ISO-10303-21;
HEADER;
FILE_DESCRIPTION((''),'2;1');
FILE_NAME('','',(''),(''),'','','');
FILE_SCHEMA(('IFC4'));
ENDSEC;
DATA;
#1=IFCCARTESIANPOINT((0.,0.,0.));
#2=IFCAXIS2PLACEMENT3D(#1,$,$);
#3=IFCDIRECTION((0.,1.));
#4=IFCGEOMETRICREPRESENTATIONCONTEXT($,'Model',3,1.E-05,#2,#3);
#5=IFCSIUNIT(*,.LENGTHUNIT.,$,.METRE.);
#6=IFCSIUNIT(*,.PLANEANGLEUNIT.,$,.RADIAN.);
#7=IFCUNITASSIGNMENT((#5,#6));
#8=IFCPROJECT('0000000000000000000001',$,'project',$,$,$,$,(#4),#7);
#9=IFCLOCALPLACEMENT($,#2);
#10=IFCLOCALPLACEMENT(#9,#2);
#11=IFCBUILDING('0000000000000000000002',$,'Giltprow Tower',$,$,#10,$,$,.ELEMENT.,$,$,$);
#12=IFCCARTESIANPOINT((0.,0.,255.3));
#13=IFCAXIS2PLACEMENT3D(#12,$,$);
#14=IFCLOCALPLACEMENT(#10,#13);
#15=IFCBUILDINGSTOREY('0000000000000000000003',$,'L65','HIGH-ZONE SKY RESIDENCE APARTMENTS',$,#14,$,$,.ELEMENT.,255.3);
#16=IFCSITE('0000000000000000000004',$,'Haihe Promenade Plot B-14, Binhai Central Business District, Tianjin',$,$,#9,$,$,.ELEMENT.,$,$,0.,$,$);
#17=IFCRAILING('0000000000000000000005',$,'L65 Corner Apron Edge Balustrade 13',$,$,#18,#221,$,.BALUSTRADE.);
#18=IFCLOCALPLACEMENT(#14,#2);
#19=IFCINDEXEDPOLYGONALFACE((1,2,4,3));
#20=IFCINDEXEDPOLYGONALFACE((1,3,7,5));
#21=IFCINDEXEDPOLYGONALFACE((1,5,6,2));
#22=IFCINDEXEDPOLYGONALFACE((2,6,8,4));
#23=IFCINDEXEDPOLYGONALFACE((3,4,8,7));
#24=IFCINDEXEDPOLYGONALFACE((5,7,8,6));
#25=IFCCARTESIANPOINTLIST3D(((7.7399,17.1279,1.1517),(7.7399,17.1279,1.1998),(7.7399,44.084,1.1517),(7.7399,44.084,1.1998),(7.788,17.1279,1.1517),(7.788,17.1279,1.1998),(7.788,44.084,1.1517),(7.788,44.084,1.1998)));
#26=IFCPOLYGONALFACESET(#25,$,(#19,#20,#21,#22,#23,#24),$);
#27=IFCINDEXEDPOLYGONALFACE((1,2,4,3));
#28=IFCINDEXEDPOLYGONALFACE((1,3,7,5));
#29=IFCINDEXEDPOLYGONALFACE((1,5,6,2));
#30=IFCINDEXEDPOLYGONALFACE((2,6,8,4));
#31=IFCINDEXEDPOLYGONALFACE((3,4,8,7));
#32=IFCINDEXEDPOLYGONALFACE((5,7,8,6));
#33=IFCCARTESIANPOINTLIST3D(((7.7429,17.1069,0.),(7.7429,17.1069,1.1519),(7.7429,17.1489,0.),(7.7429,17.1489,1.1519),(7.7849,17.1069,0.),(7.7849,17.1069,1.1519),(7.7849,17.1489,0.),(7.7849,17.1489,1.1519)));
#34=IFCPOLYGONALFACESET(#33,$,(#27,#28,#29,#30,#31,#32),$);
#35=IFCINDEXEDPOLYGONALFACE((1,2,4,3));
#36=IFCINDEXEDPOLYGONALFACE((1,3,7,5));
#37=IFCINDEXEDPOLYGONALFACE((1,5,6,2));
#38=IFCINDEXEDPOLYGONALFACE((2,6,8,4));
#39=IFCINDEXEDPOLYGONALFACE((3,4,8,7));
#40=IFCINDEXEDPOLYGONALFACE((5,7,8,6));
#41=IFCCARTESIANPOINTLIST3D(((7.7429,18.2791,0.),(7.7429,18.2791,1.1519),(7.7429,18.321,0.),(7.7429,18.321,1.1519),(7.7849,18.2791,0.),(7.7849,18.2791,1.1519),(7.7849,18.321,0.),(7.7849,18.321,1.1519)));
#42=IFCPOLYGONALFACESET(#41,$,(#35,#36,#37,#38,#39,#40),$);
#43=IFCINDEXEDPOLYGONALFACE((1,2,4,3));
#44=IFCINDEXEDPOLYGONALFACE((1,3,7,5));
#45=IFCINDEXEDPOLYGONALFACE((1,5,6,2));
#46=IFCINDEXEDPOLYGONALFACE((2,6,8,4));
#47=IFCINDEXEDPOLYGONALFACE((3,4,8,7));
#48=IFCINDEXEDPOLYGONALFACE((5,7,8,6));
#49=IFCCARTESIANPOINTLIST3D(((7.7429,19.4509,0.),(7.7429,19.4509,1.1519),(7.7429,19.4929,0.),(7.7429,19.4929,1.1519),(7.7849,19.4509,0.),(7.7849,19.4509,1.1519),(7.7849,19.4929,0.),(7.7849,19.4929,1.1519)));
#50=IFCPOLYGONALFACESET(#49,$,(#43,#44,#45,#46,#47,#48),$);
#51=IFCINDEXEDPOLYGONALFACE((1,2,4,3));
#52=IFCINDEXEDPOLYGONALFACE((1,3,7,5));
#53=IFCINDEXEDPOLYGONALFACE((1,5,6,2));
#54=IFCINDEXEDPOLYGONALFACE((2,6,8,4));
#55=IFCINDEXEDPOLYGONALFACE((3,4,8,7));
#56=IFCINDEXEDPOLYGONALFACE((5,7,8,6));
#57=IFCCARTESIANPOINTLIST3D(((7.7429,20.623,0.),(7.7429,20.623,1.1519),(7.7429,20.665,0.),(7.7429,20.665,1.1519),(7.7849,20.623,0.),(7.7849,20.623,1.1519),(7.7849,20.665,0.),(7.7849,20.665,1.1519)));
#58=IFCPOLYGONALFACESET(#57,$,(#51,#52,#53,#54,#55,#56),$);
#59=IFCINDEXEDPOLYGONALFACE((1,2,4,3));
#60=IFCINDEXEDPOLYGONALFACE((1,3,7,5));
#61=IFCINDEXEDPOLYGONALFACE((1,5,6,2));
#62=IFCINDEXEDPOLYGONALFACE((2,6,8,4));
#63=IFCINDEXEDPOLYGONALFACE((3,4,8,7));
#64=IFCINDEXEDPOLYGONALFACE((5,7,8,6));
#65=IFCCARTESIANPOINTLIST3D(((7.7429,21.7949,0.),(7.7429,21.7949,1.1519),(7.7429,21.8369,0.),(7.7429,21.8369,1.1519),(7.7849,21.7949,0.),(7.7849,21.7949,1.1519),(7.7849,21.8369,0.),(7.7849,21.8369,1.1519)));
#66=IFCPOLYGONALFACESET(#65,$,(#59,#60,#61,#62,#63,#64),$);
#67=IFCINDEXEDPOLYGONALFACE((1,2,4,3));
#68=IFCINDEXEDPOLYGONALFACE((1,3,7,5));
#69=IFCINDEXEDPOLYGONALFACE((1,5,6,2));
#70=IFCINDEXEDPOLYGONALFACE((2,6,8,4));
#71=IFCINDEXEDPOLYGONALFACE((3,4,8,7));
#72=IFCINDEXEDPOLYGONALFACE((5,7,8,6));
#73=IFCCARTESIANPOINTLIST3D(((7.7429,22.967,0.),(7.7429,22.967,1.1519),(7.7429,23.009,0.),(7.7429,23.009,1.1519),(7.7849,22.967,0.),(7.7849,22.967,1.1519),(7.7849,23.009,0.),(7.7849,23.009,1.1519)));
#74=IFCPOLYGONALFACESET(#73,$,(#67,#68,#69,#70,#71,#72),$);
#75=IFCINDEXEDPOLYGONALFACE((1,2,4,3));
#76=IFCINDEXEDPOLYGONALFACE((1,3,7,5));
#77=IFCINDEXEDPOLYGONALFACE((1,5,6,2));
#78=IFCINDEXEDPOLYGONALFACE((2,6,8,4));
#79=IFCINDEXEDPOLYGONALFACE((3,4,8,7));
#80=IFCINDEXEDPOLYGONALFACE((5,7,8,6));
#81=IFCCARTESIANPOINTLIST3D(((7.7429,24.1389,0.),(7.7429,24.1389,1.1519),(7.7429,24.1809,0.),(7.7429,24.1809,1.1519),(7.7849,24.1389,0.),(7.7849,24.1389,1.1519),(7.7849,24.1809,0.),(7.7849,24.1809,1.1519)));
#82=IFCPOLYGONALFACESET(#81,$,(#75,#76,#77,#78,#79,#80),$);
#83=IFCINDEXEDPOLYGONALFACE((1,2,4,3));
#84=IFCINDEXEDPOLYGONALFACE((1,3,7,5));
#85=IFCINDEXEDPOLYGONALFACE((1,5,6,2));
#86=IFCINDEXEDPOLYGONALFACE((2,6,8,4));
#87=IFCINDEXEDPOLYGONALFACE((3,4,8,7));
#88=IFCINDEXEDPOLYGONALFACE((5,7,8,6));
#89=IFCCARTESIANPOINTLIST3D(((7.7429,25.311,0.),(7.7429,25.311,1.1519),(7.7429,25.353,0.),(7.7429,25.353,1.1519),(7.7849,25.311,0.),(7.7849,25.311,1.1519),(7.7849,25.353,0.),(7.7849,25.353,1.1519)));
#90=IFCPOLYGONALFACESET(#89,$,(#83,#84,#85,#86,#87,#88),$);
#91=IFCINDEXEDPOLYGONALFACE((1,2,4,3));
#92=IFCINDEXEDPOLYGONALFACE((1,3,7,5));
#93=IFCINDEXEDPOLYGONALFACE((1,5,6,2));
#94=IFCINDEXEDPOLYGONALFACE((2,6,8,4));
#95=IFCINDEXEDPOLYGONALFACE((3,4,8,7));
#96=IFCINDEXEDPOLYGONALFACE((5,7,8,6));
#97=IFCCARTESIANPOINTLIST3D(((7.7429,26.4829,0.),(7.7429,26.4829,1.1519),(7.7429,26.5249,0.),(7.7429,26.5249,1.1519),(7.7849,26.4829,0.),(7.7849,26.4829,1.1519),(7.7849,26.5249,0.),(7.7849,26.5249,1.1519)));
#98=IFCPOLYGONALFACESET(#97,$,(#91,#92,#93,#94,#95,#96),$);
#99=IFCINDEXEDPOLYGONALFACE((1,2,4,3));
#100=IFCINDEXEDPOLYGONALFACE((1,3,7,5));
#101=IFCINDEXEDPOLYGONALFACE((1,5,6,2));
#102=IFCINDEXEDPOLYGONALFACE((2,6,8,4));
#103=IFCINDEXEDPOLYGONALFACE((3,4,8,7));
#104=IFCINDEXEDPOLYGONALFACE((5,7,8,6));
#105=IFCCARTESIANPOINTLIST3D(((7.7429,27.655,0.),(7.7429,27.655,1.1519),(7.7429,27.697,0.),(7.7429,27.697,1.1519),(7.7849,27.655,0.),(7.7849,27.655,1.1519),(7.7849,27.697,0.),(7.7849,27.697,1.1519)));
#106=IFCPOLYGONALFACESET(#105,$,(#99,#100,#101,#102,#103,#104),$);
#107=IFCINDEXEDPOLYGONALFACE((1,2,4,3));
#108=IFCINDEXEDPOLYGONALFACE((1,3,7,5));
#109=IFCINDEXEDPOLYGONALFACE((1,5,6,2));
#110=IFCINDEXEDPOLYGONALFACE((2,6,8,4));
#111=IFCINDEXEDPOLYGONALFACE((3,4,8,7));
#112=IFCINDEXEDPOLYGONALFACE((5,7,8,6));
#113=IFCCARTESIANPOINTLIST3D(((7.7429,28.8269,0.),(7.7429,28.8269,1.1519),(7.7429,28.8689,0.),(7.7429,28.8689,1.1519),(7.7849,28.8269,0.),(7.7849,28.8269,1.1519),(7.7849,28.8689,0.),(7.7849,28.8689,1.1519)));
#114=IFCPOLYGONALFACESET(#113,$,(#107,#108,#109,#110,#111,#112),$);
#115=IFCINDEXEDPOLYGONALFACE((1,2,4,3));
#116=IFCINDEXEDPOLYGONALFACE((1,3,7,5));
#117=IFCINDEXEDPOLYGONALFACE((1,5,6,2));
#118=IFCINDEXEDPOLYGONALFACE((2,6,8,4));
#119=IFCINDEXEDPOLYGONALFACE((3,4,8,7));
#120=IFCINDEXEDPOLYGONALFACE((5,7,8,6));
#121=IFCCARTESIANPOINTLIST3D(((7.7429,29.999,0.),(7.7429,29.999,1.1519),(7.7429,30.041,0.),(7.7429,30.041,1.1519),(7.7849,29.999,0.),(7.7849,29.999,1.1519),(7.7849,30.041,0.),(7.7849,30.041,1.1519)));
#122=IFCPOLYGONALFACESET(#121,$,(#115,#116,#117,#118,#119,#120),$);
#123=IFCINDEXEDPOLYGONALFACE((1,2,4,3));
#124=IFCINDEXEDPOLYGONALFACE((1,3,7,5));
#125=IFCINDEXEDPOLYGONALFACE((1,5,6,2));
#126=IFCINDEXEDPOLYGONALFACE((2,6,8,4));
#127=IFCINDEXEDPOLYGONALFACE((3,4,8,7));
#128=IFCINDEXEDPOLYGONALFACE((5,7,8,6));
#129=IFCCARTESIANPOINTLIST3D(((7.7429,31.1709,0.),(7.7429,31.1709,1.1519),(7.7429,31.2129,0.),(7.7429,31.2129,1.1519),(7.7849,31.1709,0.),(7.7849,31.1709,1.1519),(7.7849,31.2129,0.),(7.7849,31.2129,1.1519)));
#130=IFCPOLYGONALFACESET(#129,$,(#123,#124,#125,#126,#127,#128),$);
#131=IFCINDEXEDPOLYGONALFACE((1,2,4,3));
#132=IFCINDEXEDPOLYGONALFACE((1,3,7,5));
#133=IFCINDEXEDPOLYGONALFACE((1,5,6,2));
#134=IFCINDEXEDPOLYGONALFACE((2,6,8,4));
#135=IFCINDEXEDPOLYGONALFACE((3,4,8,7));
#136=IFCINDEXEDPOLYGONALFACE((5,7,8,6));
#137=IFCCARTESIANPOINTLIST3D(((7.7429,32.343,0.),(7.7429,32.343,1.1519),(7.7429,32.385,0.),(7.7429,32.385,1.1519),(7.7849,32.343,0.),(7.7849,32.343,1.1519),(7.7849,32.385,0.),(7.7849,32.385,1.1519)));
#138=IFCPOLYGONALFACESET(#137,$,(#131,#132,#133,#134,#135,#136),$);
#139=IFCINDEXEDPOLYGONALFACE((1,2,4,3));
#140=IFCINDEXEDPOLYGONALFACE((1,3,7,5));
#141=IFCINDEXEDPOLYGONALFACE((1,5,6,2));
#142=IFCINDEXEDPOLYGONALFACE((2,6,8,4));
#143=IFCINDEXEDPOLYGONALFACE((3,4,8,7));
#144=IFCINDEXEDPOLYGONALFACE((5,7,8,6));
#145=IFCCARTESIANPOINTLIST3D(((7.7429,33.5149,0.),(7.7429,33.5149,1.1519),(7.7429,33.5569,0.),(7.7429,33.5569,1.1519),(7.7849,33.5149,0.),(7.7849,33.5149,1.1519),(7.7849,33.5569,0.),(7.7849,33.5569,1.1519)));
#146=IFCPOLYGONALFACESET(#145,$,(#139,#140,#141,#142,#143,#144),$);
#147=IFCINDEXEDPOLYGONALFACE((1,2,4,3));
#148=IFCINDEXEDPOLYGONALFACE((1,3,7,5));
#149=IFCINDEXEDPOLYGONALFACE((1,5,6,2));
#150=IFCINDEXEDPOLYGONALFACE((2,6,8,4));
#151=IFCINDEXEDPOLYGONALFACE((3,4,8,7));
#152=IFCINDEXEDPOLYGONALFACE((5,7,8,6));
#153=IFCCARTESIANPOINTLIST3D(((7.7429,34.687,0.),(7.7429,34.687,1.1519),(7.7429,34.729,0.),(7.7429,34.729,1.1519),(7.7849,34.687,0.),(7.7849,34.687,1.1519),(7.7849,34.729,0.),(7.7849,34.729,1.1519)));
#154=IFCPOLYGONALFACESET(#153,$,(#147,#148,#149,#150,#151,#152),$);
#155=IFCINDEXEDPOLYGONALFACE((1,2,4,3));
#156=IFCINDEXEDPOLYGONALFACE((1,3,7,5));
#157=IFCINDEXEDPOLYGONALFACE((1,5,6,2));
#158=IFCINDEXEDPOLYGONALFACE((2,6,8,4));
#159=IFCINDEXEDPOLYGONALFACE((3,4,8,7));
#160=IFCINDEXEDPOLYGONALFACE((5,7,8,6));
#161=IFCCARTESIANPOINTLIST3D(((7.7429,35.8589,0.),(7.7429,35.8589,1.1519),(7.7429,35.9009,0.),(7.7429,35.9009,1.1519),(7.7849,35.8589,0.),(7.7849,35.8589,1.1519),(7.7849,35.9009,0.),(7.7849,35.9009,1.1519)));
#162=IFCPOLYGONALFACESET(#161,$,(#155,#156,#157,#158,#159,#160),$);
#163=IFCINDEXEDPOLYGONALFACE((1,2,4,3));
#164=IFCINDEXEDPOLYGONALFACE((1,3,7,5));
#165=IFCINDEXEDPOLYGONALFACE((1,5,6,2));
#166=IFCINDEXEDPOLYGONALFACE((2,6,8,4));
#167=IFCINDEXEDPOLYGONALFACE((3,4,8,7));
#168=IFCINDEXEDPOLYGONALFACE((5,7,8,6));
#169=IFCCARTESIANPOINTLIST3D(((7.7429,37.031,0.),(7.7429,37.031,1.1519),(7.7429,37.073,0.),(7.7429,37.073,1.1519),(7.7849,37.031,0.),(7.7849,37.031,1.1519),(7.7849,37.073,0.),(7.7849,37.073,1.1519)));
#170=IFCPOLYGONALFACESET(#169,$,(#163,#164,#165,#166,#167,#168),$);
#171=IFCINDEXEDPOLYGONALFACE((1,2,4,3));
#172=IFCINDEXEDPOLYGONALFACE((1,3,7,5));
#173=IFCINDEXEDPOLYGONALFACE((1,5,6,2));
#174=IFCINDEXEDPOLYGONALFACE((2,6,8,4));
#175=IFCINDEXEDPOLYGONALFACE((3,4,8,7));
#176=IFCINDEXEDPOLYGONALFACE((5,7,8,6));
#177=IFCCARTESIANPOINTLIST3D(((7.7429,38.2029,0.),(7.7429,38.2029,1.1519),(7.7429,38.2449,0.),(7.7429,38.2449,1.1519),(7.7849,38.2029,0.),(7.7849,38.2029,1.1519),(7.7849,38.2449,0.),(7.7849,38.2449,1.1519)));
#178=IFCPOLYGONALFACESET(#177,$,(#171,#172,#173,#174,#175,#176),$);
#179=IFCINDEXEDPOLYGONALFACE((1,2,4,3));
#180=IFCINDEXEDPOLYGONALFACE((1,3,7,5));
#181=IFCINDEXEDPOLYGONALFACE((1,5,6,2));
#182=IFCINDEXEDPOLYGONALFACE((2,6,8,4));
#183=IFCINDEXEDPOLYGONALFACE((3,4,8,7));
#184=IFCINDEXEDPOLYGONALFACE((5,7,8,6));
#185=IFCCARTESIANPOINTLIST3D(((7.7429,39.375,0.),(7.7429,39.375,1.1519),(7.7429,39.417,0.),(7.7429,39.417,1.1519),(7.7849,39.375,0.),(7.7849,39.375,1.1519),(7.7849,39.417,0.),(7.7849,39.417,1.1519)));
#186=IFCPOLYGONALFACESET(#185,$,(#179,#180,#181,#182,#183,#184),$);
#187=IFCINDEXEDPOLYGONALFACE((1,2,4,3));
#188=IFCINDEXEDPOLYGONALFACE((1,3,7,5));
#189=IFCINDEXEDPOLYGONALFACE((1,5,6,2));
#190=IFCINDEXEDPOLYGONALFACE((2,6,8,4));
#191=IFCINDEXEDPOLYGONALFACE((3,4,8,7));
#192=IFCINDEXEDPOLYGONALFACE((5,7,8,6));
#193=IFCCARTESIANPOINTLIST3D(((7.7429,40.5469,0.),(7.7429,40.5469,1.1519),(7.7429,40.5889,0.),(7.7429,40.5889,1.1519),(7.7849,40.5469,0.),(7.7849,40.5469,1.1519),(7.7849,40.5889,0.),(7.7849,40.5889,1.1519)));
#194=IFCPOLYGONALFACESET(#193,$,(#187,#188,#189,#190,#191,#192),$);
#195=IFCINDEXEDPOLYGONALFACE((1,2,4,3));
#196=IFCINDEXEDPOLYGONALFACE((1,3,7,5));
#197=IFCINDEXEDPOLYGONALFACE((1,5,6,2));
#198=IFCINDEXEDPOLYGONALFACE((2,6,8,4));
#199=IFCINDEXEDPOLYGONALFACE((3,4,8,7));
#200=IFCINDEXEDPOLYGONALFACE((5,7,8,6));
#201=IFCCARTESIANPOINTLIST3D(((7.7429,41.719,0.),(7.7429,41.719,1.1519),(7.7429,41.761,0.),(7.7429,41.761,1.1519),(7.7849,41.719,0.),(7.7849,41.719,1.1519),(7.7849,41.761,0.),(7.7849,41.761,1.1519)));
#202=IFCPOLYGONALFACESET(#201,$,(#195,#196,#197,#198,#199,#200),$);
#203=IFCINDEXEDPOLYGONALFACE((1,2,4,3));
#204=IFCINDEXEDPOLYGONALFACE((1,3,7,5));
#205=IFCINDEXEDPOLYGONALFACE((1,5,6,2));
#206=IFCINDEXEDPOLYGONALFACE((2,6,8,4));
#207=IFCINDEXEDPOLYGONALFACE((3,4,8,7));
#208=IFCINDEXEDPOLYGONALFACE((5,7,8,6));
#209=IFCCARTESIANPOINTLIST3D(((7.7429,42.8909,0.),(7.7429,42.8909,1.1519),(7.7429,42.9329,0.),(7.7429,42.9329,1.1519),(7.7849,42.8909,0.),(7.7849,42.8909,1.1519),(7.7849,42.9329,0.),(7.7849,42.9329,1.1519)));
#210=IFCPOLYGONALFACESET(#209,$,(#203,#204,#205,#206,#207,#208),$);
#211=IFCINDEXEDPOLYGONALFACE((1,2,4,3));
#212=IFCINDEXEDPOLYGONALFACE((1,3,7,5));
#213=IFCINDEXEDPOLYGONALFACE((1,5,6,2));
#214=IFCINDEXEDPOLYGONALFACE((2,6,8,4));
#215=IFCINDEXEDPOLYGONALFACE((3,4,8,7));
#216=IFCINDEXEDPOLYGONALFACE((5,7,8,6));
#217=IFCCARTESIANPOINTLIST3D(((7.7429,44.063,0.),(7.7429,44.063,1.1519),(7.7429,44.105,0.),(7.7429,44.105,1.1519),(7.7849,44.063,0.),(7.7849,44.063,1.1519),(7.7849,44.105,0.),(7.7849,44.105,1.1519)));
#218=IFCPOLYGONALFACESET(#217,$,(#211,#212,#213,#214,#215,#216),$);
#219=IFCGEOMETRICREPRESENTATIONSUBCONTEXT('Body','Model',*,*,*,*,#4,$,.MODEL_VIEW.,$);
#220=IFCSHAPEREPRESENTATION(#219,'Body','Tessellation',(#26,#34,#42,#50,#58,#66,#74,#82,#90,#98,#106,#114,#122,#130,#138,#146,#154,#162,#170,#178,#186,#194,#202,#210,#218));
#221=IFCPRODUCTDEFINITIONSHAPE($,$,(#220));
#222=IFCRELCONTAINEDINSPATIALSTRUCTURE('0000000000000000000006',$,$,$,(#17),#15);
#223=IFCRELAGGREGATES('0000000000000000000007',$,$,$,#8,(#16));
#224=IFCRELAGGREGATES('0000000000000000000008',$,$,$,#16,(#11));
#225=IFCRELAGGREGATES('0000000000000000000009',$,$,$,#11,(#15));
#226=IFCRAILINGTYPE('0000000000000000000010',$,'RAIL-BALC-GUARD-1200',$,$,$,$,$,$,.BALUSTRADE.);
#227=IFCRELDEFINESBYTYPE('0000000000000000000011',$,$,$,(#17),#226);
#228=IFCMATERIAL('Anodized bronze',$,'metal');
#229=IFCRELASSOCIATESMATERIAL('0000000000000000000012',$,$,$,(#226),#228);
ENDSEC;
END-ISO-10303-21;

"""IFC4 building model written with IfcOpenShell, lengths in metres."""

from ifc_helpers import new_model, si_unit, direction, frame, origin, origin_2d, place, context, subcontext, project, spatial, rectangle, extrude, material, type_object, element, save


model = new_model("IFC4")

# Units and contexts
model_context = context("Model", 3, precision=1e-05, world=origin(), true_north=direction((0.0, 1.0)))
body_context = subcontext(model_context, "Body", "Model", "MODEL_VIEW")
ifc_project = project(units=[si_unit("LENGTHUNIT", "METRE"), si_unit("PLANEANGLEUNIT", "RADIAN")], contexts=[model_context])

# Site, building, storey
site_placement = place(None, origin())
site = spatial("IfcSite", under=ifc_project, at=site_placement, Name="Haihe Promenade Plot B-14, Binhai Central Business District, Tianjin", CompositionType="ELEMENT", RefElevation=0.0)
building_placement = place(site_placement, origin())
building = spatial("IfcBuilding", under=site, at=building_placement, Name="Giltprow Tower", CompositionType="ELEMENT")
storey_placement = place(building_placement, frame((0.0, 0.0, 255.3)))
storey = spatial("IfcBuildingStorey", under=building, at=storey_placement, Name="L65", Description="HIGH-ZONE SKY RESIDENCE APARTMENTS", CompositionType="ELEMENT", Elevation=255.3)

# Shared definitions
ifc_material_1 = material(Name="Anodized bronze", Category="metal")

# Railing
railing_type = type_object("IfcRailingType", Name="RAIL-BALC-GUARD-1200", PredefinedType="BALUSTRADE", material=ifc_material_1)
railing_1_placement = place(storey_placement, frame((7.7639, 17.1279, 0.0)))
element("IfcRailing", 1, at=railing_1_placement, inside=storey, type_object=railing_type, Name="L65 Corner Apron Edge Balustrade 13", PredefinedType="BALUSTRADE", context=body_context, shape_type="SweptSolid", body=[
    extrude(rectangle(XDim=0.0481, YDim=0.0481, at=origin_2d()), frame((0.0, 0.0, 1.1758), z_axis=(0.0, 1.0, 0.0), x_axis=(-1.0, 0.0, 0.0)), (0.0, 0.0, 1.0), 26.9561),
    extrude(rectangle(XDim=0.042, YDim=0.042, at=origin_2d()), origin(), (0.0, 0.0, 1.0), 1.1519),
    extrude(rectangle(XDim=0.042, YDim=0.042, at=origin_2d()), frame((0.0, 1.1721, 0.0)), (0.0, 0.0, 1.0), 1.1519),
    extrude(rectangle(XDim=0.042, YDim=0.042, at=origin_2d()), frame((0.0, 2.344, 0.0)), (0.0, 0.0, 1.0), 1.1519),
    extrude(rectangle(XDim=0.042, YDim=0.042, at=origin_2d()), frame((0.0, 3.5161, 0.0)), (0.0, 0.0, 1.0), 1.1519),
    extrude(rectangle(XDim=0.042, YDim=0.042, at=origin_2d()), frame((0.0, 4.688, 0.0)), (0.0, 0.0, 1.0), 1.1519),
    extrude(rectangle(XDim=0.042, YDim=0.042, at=origin_2d()), frame((0.0, 5.8601, 0.0)), (0.0, 0.0, 1.0), 1.1519),
    extrude(rectangle(XDim=0.042, YDim=0.042, at=origin_2d()), frame((0.0, 7.032, 0.0)), (0.0, 0.0, 1.0), 1.1519),
    extrude(rectangle(XDim=0.042, YDim=0.042, at=origin_2d()), frame((0.0, 8.2041, 0.0)), (0.0, 0.0, 1.0), 1.1519),
    extrude(rectangle(XDim=0.042, YDim=0.042, at=origin_2d()), frame((0.0, 9.376, 0.0)), (0.0, 0.0, 1.0), 1.1519),
    extrude(rectangle(XDim=0.042, YDim=0.042, at=origin_2d()), frame((0.0, 10.5481, 0.0)), (0.0, 0.0, 1.0), 1.1519),
    extrude(rectangle(XDim=0.042, YDim=0.042, at=origin_2d()), frame((0.0, 11.72, 0.0)), (0.0, 0.0, 1.0), 1.1519),
    extrude(rectangle(XDim=0.042, YDim=0.042, at=origin_2d()), frame((0.0, 12.8921, 0.0)), (0.0, 0.0, 1.0), 1.1519),
    extrude(rectangle(XDim=0.042, YDim=0.042, at=origin_2d()), frame((0.0, 14.064, 0.0)), (0.0, 0.0, 1.0), 1.1519),
    extrude(rectangle(XDim=0.042, YDim=0.042, at=origin_2d()), frame((0.0, 15.2361, 0.0)), (0.0, 0.0, 1.0), 1.1519),
    extrude(rectangle(XDim=0.042, YDim=0.042, at=origin_2d()), frame((0.0, 16.408, 0.0)), (0.0, 0.0, 1.0), 1.1519),
    extrude(rectangle(XDim=0.042, YDim=0.042, at=origin_2d()), frame((0.0, 17.5801, 0.0)), (0.0, 0.0, 1.0), 1.1519),
    extrude(rectangle(XDim=0.042, YDim=0.042, at=origin_2d()), frame((0.0, 18.752, 0.0)), (0.0, 0.0, 1.0), 1.1519),
    extrude(rectangle(XDim=0.042, YDim=0.042, at=origin_2d()), frame((0.0, 19.9241, 0.0)), (0.0, 0.0, 1.0), 1.1519),
    extrude(rectangle(XDim=0.042, YDim=0.042, at=origin_2d()), frame((0.0, 21.0959, 0.0)), (0.0, 0.0, 1.0), 1.1519),
    extrude(rectangle(XDim=0.042, YDim=0.042, at=origin_2d()), frame((0.0, 22.2681, 0.0)), (0.0, 0.0, 1.0), 1.1519),
    extrude(rectangle(XDim=0.042, YDim=0.042, at=origin_2d()), frame((0.0, 23.4399, 0.0)), (0.0, 0.0, 1.0), 1.1519),
    extrude(rectangle(XDim=0.042, YDim=0.042, at=origin_2d()), frame((0.0, 24.6121, 0.0)), (0.0, 0.0, 1.0), 1.1519),
    extrude(rectangle(XDim=0.042, YDim=0.042, at=origin_2d()), frame((0.0, 25.7839, 0.0)), (0.0, 0.0, 1.0), 1.1519),
    extrude(rectangle(XDim=0.042, YDim=0.042, at=origin_2d()), frame((0.0, 26.9561, 0.0)), (0.0, 0.0, 1.0), 1.1519),
])

save(model, "model.ifc")
